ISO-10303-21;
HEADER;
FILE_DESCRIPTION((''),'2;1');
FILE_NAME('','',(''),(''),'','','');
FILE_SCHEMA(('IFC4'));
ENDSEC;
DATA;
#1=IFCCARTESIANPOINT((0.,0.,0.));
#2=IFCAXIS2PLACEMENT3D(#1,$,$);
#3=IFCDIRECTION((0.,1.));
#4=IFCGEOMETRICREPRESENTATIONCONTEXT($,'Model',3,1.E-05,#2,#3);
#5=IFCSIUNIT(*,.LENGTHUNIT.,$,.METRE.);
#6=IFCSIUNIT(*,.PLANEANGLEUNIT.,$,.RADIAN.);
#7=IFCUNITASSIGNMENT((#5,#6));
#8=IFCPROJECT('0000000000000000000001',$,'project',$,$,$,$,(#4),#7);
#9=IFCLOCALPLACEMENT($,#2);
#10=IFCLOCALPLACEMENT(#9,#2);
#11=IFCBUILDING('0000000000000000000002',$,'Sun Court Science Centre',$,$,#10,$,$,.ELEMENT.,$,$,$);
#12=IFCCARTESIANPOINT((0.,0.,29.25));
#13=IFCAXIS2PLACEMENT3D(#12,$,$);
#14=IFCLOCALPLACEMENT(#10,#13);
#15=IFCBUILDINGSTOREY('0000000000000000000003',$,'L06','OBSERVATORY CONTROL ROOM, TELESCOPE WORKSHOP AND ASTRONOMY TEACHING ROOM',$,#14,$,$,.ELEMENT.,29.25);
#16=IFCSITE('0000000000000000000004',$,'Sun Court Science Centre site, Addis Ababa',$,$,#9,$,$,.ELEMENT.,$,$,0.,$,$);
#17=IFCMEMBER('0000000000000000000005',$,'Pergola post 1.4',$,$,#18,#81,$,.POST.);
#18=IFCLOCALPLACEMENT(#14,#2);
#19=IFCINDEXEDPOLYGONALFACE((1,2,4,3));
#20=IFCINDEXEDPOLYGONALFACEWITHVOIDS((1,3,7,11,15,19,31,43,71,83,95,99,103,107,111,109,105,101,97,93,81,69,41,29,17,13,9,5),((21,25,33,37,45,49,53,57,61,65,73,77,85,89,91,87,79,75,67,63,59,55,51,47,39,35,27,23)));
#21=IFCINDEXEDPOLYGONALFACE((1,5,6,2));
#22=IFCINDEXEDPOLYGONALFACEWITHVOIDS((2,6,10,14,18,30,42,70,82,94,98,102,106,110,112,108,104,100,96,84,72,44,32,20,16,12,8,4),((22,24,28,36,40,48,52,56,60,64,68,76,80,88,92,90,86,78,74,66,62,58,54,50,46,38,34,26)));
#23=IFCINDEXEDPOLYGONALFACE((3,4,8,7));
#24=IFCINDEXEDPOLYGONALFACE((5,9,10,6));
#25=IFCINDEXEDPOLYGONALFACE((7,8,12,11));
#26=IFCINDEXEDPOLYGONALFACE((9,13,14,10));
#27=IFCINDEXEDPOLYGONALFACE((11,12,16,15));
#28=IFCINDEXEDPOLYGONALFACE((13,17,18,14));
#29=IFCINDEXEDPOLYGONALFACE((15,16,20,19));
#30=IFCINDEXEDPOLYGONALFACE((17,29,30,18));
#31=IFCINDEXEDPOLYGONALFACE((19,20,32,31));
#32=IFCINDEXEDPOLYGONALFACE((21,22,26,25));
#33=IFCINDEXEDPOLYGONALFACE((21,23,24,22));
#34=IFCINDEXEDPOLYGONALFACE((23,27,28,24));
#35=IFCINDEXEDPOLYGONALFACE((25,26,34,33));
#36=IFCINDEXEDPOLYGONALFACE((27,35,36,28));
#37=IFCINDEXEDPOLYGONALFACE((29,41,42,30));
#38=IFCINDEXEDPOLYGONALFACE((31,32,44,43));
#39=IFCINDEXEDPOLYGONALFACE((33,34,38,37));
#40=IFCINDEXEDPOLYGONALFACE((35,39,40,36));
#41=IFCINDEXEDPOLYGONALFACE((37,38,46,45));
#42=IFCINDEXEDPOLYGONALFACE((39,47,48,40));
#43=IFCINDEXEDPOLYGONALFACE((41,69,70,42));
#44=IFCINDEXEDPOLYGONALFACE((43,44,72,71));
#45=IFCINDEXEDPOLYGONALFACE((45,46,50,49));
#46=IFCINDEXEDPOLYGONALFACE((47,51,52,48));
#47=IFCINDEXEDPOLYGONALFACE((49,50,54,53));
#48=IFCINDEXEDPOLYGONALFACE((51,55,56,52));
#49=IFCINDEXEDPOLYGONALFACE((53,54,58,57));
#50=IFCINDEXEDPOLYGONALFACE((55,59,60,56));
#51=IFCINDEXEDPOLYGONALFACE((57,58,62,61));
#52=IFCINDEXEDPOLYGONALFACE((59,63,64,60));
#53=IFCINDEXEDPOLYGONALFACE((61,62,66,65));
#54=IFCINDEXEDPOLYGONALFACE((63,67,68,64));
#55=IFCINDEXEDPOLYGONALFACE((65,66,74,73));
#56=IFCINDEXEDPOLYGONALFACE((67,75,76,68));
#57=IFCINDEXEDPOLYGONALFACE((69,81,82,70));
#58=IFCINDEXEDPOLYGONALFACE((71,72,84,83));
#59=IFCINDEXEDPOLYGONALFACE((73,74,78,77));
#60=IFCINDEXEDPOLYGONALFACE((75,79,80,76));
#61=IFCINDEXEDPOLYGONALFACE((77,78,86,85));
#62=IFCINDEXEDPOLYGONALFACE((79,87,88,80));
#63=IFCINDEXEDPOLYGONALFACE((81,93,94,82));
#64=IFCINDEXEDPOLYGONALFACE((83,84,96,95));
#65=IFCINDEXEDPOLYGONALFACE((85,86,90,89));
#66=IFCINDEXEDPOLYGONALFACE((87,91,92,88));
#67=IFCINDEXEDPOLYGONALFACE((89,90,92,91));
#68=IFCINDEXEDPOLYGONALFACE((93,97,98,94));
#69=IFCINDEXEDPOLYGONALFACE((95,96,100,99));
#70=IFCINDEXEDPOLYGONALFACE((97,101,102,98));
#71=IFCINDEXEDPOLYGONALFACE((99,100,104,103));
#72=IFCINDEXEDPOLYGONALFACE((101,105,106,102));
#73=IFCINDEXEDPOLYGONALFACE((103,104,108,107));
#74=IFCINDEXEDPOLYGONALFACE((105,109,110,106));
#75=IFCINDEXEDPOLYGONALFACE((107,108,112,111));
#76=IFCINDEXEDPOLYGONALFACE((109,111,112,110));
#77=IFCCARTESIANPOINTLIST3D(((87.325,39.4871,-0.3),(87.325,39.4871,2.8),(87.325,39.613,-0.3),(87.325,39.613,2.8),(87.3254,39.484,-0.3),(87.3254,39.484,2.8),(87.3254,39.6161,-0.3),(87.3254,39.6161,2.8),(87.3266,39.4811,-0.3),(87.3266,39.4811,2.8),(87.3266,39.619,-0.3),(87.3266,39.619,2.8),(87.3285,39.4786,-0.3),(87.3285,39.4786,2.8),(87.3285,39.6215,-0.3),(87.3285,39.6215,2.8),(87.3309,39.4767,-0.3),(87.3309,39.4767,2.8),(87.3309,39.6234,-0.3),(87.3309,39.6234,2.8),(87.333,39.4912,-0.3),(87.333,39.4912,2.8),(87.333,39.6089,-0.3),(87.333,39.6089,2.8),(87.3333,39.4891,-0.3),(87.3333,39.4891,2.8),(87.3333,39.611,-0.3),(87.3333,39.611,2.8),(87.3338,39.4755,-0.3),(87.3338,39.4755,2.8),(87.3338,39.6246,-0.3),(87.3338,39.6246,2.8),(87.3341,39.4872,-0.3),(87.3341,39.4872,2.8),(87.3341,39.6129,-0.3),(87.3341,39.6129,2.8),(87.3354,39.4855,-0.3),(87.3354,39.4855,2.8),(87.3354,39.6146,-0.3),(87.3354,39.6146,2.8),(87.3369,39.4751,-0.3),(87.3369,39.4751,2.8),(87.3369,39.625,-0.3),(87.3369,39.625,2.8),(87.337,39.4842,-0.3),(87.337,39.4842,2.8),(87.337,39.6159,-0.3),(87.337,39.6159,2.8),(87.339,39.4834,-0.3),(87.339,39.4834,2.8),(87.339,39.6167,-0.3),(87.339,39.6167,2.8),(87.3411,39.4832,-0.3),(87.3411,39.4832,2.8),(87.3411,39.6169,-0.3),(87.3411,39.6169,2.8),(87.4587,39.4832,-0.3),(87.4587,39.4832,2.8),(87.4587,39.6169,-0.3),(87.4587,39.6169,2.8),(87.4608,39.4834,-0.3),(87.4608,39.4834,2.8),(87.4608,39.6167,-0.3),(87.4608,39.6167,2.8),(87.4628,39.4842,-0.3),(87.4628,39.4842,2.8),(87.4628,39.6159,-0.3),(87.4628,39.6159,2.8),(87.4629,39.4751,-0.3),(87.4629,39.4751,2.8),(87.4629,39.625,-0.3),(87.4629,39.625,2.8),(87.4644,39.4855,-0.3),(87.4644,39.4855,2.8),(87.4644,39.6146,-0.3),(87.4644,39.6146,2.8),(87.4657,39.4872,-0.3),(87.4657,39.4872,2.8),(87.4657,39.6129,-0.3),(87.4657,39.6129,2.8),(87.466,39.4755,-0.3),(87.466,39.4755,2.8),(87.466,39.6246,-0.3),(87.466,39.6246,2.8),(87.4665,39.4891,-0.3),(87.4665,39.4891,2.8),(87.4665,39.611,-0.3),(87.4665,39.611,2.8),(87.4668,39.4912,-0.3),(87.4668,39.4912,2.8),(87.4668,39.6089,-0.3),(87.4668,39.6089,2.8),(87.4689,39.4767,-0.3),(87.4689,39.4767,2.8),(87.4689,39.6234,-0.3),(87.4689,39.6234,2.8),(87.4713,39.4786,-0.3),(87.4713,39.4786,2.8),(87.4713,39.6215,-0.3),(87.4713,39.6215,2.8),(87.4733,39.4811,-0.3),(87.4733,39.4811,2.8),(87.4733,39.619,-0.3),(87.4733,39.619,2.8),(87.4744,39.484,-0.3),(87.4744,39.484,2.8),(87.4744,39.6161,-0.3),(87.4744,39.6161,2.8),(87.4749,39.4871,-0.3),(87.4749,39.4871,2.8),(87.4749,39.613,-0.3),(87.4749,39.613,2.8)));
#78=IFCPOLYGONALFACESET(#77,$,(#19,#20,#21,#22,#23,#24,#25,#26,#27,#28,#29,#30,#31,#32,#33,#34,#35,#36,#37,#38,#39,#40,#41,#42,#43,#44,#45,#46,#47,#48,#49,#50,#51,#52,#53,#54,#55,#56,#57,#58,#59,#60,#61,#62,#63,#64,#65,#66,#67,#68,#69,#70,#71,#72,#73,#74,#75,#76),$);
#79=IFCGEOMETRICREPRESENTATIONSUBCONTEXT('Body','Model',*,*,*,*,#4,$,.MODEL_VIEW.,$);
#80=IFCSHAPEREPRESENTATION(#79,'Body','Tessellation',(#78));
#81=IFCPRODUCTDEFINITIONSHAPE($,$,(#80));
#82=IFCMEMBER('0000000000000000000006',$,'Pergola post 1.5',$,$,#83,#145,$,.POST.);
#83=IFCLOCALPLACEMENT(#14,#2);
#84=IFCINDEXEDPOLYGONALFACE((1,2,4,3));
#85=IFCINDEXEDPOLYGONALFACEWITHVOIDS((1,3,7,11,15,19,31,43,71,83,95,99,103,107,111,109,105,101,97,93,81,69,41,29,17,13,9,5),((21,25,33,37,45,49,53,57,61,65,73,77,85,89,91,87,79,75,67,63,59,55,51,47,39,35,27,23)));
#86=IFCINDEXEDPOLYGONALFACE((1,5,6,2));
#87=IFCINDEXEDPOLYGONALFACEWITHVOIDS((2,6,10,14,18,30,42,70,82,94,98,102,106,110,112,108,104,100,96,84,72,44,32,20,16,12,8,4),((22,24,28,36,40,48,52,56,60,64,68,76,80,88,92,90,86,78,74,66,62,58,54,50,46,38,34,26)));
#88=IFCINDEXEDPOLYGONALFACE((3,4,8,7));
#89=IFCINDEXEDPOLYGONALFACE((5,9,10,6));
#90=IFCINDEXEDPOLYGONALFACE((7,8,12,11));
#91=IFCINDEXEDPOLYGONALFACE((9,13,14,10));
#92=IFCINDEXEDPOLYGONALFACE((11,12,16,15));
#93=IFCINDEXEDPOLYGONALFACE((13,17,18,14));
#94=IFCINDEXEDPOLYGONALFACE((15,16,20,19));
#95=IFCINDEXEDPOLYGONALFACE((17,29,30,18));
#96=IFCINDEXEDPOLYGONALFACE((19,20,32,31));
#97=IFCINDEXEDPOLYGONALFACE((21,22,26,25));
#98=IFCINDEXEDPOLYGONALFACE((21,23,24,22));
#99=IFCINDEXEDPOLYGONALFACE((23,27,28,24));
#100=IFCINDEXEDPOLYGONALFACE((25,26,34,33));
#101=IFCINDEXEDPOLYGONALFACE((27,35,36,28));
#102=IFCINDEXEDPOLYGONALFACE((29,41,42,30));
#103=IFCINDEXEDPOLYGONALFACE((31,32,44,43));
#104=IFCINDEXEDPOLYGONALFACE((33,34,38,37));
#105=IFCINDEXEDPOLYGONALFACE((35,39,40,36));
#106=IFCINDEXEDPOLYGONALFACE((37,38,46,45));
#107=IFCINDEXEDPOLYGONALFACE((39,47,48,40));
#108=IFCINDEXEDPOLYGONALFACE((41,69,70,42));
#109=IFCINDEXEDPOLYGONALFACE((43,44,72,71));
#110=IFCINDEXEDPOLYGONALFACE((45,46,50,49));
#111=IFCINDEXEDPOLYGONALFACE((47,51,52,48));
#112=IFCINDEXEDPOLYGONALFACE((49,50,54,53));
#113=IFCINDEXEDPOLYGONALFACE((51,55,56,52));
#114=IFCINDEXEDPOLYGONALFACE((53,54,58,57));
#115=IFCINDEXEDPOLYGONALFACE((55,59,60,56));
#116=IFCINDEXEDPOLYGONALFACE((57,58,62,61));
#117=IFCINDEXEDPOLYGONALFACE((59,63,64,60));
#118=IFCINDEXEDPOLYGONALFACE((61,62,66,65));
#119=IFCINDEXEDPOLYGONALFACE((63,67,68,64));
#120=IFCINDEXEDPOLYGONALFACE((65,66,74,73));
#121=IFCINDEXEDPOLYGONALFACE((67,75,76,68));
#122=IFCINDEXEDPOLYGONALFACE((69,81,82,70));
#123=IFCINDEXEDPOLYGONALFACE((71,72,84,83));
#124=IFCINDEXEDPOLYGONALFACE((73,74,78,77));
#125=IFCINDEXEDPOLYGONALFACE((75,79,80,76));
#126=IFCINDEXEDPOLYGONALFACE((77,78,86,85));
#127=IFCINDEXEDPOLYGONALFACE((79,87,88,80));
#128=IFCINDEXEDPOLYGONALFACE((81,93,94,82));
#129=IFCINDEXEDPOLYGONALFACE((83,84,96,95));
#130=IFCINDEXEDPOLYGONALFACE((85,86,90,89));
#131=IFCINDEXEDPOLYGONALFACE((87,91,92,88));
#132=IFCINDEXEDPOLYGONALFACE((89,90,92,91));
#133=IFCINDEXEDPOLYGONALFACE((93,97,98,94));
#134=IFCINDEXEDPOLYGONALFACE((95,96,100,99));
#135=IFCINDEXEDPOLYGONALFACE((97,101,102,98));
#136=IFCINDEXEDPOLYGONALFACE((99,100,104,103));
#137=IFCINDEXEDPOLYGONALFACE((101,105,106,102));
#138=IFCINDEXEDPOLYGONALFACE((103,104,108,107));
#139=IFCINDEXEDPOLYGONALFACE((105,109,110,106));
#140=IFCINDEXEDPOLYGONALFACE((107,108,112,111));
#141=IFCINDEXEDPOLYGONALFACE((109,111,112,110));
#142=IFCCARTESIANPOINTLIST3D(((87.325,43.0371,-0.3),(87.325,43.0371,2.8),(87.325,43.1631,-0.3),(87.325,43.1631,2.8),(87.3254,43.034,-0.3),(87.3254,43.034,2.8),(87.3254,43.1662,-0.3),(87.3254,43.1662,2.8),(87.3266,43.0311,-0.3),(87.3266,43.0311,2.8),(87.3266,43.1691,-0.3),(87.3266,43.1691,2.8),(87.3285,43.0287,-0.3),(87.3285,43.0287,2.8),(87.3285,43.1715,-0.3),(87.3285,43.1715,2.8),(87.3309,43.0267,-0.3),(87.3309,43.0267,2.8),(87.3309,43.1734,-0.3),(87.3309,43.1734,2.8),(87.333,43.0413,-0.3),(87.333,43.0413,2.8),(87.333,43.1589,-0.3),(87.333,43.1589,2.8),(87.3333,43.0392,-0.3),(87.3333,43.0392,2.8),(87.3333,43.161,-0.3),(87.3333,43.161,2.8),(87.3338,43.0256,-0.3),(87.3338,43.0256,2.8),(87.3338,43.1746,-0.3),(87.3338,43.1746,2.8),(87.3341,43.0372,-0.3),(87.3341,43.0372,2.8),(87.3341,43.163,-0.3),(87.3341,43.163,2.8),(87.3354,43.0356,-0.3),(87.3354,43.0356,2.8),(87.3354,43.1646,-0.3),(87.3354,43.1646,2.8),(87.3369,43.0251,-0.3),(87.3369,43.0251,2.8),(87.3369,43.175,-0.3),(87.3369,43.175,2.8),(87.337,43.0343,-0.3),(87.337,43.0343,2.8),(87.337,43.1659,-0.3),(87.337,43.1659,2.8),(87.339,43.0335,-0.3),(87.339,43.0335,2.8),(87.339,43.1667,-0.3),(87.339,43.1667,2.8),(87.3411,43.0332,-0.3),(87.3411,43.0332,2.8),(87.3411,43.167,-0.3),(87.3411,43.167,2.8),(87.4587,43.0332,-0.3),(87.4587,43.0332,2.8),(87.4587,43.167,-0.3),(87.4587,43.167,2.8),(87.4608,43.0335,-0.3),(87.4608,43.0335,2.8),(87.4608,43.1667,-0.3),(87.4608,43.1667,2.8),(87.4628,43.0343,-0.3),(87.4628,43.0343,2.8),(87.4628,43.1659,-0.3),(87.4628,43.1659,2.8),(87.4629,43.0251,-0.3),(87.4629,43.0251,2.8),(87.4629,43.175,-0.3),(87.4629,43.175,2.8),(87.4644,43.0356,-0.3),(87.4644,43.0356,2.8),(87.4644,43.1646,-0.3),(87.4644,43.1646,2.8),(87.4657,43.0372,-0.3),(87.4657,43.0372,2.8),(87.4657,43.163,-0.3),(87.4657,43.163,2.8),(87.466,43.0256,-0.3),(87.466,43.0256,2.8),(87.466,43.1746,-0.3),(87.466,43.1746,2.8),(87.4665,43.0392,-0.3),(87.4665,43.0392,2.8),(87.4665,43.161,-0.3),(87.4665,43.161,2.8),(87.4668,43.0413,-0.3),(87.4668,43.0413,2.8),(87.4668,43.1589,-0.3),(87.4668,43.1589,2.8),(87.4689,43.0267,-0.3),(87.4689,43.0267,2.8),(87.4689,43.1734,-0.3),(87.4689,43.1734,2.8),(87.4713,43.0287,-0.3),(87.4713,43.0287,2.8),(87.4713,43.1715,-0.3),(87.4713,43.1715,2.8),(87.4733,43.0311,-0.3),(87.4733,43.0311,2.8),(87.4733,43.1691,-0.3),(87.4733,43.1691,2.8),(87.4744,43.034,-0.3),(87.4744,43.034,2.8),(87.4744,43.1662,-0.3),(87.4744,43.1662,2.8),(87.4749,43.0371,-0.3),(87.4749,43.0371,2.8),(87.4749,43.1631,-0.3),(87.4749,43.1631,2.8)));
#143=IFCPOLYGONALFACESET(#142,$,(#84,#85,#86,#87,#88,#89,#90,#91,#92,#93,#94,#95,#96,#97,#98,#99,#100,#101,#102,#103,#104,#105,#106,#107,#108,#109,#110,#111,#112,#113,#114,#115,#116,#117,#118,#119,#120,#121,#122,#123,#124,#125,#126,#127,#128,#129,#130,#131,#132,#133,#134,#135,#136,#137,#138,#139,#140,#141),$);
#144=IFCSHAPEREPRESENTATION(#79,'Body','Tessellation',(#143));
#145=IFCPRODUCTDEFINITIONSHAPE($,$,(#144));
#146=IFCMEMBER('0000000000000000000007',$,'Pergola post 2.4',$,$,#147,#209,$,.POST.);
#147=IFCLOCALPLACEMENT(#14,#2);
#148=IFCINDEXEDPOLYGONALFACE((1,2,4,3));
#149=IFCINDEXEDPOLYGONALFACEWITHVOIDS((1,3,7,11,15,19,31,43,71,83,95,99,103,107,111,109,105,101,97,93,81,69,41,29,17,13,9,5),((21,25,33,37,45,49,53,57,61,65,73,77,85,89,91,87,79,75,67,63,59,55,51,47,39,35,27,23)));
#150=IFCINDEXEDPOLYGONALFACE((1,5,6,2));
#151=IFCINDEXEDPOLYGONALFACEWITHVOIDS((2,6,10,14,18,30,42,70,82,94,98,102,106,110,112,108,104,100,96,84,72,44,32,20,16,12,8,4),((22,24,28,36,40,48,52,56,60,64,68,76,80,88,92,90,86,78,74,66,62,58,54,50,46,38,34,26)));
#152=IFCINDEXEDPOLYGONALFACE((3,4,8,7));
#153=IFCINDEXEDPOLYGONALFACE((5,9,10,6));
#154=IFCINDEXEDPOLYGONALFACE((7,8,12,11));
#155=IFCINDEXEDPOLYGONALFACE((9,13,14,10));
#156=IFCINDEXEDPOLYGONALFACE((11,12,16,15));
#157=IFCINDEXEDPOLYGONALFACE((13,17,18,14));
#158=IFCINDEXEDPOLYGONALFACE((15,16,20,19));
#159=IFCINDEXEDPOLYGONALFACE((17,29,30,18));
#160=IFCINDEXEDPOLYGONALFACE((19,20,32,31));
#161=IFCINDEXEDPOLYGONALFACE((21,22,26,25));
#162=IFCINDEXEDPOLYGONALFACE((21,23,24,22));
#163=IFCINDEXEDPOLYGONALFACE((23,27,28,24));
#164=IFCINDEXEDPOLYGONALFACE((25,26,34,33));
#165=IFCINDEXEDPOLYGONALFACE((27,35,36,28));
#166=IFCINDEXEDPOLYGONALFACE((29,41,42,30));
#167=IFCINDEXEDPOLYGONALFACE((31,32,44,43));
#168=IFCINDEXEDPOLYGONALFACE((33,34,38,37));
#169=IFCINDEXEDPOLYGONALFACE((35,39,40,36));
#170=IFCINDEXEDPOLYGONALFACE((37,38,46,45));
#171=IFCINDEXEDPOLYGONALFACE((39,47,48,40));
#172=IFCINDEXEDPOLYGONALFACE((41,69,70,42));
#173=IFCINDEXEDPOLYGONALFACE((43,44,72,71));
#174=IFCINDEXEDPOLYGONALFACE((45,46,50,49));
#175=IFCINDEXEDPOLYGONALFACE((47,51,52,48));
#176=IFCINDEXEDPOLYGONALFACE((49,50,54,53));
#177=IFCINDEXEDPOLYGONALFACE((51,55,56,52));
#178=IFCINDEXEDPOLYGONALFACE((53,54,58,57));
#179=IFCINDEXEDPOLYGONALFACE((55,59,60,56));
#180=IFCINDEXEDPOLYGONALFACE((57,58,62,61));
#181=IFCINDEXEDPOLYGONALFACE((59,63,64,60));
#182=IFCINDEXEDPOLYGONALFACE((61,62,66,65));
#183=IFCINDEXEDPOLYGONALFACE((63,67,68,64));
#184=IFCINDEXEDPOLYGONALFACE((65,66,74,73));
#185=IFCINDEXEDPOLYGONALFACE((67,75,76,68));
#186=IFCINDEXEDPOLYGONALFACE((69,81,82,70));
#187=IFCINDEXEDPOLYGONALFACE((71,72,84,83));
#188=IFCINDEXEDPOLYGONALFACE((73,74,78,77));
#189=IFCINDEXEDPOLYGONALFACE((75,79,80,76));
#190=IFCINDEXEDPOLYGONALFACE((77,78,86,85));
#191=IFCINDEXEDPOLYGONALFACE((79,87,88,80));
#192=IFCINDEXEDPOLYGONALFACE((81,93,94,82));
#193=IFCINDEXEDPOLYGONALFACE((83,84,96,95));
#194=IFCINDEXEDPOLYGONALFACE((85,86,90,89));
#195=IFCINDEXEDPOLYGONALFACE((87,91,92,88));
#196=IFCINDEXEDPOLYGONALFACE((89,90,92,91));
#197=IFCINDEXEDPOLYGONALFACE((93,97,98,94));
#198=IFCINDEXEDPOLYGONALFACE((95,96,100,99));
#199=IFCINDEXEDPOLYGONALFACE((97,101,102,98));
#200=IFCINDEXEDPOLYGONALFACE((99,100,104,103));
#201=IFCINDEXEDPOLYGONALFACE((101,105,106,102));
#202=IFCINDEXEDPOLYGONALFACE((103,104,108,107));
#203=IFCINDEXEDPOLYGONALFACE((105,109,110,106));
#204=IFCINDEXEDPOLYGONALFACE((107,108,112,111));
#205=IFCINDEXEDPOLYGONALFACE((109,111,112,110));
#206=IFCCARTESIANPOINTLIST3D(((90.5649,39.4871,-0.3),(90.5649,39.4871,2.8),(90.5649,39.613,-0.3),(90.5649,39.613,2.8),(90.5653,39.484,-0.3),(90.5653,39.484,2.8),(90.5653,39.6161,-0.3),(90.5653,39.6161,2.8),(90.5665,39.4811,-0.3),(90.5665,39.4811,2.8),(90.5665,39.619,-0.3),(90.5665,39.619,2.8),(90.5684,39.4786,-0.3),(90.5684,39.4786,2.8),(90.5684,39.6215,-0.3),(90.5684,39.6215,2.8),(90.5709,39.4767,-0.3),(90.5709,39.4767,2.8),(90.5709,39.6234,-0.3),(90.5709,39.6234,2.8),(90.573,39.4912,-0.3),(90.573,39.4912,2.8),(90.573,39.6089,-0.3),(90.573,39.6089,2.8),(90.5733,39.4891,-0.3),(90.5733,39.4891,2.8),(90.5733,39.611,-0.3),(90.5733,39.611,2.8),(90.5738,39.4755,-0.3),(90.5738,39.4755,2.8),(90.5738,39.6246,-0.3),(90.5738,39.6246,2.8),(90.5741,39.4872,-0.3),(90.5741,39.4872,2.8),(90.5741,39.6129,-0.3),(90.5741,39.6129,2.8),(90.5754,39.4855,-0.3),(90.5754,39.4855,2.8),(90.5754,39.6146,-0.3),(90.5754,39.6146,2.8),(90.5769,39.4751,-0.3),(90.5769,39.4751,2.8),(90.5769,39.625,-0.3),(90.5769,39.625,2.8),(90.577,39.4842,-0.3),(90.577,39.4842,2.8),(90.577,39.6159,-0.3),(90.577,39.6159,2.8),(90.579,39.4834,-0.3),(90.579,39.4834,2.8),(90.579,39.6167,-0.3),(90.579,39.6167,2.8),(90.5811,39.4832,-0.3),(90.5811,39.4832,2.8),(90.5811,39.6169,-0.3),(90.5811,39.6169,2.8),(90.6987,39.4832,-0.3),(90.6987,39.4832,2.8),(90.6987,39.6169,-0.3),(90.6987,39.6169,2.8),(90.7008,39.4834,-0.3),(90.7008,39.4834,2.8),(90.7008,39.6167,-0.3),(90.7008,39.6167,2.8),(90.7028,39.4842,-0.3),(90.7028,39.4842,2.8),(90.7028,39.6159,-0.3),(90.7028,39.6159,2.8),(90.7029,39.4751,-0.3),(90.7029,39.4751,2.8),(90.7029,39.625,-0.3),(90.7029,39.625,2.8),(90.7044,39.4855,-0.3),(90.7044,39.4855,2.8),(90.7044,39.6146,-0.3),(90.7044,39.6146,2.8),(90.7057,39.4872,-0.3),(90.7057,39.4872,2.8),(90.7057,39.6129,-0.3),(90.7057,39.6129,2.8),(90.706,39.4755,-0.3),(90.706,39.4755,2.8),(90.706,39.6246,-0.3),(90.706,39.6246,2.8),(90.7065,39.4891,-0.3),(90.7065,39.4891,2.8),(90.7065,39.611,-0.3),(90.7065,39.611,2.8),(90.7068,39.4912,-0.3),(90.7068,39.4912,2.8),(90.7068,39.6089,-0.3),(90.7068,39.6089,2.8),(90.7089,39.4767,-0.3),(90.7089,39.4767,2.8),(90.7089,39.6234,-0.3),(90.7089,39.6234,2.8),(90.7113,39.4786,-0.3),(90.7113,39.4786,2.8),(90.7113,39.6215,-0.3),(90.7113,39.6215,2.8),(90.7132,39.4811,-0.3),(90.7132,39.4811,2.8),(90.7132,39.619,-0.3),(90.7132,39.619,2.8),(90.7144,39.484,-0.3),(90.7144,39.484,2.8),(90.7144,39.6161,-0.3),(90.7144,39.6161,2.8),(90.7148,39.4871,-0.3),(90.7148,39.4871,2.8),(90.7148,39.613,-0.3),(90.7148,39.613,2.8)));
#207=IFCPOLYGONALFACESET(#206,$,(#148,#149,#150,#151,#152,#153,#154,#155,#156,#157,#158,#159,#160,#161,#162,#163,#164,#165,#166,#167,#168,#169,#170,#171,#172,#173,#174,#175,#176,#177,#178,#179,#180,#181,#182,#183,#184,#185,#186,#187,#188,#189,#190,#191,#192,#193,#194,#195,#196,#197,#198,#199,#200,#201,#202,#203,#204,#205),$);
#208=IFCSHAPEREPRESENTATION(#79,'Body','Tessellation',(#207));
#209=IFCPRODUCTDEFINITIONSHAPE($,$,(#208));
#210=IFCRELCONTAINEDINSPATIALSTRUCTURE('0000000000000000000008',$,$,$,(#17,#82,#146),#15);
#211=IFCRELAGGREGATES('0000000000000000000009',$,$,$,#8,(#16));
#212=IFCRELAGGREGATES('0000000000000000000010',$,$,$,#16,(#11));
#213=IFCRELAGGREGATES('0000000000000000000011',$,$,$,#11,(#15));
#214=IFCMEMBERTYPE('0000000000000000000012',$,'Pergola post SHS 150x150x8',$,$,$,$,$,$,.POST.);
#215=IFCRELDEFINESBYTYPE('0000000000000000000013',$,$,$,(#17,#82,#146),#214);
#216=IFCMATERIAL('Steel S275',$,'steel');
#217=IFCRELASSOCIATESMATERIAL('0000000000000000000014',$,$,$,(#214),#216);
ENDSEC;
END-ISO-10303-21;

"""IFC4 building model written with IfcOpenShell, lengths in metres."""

from ifc_helpers import new_model, si_unit, direction, frame, origin, origin_2d, place, context, subcontext, project, spatial, hollow_rectangle, extrude, material, material_profile, profile_set, type_object, element, save


model = new_model("IFC4")

# Units and contexts
model_context = context("Model", 3, precision=1e-05, world=origin(), true_north=direction((0.0, 1.0)))
body_context = subcontext(model_context, "Body", "Model", "MODEL_VIEW")
ifc_project = project(units=[si_unit("LENGTHUNIT", "METRE"), si_unit("PLANEANGLEUNIT", "RADIAN")], contexts=[model_context])

# Site, building, storey
site_placement = place(None, origin())
site = spatial("IfcSite", under=ifc_project, at=site_placement, Name="Sun Court Science Centre site, Addis Ababa", CompositionType="ELEMENT", RefElevation=0.0)
building_placement = place(site_placement, origin())
building = spatial("IfcBuilding", under=site, at=building_placement, Name="Sun Court Science Centre", CompositionType="ELEMENT")
storey_placement = place(building_placement, frame((0.0, 0.0, 29.25)))
storey = spatial("IfcBuildingStorey", under=building, at=storey_placement, Name="L06", Description="OBSERVATORY CONTROL ROOM, TELESCOPE WORKSHOP AND ASTRONOMY TEACHING ROOM", CompositionType="ELEMENT", Elevation=29.25)

# Members
ifc_material_1 = material(Name="Steel S275", Category="steel")
ifc_material_profile_1 = material_profile(ifc_material_1, hollow_rectangle(XDim=0.1499, YDim=0.1499, WallThickness=0.0081, InnerFilletRadius=0.0081, OuterFilletRadius=0.012, at=origin_2d()), Name="SHS 150x150x8")
ifc_profile_set_1 = profile_set([ifc_material_profile_1], Name="Steel S275")
member_type_1 = type_object("IfcMemberType", Name="Pergola post SHS 150x150x8", PredefinedType="POST", material=ifc_profile_set_1)
for number, where, z_axis, x_axis, name in (
    (1, (87.3999, 39.55, -0.3), (0.0, 0.0, 1.0), (1.0, 0.0, 0.0), "Pergola post 1.4"),
    (2, (87.3999, 43.1001, -0.3), (0.0, 0.0, 1.0), (1.0, 0.0, 0.0), "Pergola post 1.5"),
    (3, (90.6399, 39.55, -0.3), (0.0, 0.0, 1.0), (1.0, 0.0, 0.0), "Pergola post 2.4"),
):
    element("IfcMember", number, at=place(storey_placement, frame(where, z_axis=z_axis, x_axis=x_axis)), inside=storey, type_object=member_type_1, Name=name, PredefinedType="POST", context=body_context, shape_type="SweptSolid", body=[
        extrude(hollow_rectangle(XDim=0.1499, YDim=0.1499, WallThickness=0.0081, InnerFilletRadius=0.0081, OuterFilletRadius=0.012, at=origin_2d()), origin(), (0.0, 0.0, 1.0), 3.1001),
    ])

save(model, "model.ifc")
